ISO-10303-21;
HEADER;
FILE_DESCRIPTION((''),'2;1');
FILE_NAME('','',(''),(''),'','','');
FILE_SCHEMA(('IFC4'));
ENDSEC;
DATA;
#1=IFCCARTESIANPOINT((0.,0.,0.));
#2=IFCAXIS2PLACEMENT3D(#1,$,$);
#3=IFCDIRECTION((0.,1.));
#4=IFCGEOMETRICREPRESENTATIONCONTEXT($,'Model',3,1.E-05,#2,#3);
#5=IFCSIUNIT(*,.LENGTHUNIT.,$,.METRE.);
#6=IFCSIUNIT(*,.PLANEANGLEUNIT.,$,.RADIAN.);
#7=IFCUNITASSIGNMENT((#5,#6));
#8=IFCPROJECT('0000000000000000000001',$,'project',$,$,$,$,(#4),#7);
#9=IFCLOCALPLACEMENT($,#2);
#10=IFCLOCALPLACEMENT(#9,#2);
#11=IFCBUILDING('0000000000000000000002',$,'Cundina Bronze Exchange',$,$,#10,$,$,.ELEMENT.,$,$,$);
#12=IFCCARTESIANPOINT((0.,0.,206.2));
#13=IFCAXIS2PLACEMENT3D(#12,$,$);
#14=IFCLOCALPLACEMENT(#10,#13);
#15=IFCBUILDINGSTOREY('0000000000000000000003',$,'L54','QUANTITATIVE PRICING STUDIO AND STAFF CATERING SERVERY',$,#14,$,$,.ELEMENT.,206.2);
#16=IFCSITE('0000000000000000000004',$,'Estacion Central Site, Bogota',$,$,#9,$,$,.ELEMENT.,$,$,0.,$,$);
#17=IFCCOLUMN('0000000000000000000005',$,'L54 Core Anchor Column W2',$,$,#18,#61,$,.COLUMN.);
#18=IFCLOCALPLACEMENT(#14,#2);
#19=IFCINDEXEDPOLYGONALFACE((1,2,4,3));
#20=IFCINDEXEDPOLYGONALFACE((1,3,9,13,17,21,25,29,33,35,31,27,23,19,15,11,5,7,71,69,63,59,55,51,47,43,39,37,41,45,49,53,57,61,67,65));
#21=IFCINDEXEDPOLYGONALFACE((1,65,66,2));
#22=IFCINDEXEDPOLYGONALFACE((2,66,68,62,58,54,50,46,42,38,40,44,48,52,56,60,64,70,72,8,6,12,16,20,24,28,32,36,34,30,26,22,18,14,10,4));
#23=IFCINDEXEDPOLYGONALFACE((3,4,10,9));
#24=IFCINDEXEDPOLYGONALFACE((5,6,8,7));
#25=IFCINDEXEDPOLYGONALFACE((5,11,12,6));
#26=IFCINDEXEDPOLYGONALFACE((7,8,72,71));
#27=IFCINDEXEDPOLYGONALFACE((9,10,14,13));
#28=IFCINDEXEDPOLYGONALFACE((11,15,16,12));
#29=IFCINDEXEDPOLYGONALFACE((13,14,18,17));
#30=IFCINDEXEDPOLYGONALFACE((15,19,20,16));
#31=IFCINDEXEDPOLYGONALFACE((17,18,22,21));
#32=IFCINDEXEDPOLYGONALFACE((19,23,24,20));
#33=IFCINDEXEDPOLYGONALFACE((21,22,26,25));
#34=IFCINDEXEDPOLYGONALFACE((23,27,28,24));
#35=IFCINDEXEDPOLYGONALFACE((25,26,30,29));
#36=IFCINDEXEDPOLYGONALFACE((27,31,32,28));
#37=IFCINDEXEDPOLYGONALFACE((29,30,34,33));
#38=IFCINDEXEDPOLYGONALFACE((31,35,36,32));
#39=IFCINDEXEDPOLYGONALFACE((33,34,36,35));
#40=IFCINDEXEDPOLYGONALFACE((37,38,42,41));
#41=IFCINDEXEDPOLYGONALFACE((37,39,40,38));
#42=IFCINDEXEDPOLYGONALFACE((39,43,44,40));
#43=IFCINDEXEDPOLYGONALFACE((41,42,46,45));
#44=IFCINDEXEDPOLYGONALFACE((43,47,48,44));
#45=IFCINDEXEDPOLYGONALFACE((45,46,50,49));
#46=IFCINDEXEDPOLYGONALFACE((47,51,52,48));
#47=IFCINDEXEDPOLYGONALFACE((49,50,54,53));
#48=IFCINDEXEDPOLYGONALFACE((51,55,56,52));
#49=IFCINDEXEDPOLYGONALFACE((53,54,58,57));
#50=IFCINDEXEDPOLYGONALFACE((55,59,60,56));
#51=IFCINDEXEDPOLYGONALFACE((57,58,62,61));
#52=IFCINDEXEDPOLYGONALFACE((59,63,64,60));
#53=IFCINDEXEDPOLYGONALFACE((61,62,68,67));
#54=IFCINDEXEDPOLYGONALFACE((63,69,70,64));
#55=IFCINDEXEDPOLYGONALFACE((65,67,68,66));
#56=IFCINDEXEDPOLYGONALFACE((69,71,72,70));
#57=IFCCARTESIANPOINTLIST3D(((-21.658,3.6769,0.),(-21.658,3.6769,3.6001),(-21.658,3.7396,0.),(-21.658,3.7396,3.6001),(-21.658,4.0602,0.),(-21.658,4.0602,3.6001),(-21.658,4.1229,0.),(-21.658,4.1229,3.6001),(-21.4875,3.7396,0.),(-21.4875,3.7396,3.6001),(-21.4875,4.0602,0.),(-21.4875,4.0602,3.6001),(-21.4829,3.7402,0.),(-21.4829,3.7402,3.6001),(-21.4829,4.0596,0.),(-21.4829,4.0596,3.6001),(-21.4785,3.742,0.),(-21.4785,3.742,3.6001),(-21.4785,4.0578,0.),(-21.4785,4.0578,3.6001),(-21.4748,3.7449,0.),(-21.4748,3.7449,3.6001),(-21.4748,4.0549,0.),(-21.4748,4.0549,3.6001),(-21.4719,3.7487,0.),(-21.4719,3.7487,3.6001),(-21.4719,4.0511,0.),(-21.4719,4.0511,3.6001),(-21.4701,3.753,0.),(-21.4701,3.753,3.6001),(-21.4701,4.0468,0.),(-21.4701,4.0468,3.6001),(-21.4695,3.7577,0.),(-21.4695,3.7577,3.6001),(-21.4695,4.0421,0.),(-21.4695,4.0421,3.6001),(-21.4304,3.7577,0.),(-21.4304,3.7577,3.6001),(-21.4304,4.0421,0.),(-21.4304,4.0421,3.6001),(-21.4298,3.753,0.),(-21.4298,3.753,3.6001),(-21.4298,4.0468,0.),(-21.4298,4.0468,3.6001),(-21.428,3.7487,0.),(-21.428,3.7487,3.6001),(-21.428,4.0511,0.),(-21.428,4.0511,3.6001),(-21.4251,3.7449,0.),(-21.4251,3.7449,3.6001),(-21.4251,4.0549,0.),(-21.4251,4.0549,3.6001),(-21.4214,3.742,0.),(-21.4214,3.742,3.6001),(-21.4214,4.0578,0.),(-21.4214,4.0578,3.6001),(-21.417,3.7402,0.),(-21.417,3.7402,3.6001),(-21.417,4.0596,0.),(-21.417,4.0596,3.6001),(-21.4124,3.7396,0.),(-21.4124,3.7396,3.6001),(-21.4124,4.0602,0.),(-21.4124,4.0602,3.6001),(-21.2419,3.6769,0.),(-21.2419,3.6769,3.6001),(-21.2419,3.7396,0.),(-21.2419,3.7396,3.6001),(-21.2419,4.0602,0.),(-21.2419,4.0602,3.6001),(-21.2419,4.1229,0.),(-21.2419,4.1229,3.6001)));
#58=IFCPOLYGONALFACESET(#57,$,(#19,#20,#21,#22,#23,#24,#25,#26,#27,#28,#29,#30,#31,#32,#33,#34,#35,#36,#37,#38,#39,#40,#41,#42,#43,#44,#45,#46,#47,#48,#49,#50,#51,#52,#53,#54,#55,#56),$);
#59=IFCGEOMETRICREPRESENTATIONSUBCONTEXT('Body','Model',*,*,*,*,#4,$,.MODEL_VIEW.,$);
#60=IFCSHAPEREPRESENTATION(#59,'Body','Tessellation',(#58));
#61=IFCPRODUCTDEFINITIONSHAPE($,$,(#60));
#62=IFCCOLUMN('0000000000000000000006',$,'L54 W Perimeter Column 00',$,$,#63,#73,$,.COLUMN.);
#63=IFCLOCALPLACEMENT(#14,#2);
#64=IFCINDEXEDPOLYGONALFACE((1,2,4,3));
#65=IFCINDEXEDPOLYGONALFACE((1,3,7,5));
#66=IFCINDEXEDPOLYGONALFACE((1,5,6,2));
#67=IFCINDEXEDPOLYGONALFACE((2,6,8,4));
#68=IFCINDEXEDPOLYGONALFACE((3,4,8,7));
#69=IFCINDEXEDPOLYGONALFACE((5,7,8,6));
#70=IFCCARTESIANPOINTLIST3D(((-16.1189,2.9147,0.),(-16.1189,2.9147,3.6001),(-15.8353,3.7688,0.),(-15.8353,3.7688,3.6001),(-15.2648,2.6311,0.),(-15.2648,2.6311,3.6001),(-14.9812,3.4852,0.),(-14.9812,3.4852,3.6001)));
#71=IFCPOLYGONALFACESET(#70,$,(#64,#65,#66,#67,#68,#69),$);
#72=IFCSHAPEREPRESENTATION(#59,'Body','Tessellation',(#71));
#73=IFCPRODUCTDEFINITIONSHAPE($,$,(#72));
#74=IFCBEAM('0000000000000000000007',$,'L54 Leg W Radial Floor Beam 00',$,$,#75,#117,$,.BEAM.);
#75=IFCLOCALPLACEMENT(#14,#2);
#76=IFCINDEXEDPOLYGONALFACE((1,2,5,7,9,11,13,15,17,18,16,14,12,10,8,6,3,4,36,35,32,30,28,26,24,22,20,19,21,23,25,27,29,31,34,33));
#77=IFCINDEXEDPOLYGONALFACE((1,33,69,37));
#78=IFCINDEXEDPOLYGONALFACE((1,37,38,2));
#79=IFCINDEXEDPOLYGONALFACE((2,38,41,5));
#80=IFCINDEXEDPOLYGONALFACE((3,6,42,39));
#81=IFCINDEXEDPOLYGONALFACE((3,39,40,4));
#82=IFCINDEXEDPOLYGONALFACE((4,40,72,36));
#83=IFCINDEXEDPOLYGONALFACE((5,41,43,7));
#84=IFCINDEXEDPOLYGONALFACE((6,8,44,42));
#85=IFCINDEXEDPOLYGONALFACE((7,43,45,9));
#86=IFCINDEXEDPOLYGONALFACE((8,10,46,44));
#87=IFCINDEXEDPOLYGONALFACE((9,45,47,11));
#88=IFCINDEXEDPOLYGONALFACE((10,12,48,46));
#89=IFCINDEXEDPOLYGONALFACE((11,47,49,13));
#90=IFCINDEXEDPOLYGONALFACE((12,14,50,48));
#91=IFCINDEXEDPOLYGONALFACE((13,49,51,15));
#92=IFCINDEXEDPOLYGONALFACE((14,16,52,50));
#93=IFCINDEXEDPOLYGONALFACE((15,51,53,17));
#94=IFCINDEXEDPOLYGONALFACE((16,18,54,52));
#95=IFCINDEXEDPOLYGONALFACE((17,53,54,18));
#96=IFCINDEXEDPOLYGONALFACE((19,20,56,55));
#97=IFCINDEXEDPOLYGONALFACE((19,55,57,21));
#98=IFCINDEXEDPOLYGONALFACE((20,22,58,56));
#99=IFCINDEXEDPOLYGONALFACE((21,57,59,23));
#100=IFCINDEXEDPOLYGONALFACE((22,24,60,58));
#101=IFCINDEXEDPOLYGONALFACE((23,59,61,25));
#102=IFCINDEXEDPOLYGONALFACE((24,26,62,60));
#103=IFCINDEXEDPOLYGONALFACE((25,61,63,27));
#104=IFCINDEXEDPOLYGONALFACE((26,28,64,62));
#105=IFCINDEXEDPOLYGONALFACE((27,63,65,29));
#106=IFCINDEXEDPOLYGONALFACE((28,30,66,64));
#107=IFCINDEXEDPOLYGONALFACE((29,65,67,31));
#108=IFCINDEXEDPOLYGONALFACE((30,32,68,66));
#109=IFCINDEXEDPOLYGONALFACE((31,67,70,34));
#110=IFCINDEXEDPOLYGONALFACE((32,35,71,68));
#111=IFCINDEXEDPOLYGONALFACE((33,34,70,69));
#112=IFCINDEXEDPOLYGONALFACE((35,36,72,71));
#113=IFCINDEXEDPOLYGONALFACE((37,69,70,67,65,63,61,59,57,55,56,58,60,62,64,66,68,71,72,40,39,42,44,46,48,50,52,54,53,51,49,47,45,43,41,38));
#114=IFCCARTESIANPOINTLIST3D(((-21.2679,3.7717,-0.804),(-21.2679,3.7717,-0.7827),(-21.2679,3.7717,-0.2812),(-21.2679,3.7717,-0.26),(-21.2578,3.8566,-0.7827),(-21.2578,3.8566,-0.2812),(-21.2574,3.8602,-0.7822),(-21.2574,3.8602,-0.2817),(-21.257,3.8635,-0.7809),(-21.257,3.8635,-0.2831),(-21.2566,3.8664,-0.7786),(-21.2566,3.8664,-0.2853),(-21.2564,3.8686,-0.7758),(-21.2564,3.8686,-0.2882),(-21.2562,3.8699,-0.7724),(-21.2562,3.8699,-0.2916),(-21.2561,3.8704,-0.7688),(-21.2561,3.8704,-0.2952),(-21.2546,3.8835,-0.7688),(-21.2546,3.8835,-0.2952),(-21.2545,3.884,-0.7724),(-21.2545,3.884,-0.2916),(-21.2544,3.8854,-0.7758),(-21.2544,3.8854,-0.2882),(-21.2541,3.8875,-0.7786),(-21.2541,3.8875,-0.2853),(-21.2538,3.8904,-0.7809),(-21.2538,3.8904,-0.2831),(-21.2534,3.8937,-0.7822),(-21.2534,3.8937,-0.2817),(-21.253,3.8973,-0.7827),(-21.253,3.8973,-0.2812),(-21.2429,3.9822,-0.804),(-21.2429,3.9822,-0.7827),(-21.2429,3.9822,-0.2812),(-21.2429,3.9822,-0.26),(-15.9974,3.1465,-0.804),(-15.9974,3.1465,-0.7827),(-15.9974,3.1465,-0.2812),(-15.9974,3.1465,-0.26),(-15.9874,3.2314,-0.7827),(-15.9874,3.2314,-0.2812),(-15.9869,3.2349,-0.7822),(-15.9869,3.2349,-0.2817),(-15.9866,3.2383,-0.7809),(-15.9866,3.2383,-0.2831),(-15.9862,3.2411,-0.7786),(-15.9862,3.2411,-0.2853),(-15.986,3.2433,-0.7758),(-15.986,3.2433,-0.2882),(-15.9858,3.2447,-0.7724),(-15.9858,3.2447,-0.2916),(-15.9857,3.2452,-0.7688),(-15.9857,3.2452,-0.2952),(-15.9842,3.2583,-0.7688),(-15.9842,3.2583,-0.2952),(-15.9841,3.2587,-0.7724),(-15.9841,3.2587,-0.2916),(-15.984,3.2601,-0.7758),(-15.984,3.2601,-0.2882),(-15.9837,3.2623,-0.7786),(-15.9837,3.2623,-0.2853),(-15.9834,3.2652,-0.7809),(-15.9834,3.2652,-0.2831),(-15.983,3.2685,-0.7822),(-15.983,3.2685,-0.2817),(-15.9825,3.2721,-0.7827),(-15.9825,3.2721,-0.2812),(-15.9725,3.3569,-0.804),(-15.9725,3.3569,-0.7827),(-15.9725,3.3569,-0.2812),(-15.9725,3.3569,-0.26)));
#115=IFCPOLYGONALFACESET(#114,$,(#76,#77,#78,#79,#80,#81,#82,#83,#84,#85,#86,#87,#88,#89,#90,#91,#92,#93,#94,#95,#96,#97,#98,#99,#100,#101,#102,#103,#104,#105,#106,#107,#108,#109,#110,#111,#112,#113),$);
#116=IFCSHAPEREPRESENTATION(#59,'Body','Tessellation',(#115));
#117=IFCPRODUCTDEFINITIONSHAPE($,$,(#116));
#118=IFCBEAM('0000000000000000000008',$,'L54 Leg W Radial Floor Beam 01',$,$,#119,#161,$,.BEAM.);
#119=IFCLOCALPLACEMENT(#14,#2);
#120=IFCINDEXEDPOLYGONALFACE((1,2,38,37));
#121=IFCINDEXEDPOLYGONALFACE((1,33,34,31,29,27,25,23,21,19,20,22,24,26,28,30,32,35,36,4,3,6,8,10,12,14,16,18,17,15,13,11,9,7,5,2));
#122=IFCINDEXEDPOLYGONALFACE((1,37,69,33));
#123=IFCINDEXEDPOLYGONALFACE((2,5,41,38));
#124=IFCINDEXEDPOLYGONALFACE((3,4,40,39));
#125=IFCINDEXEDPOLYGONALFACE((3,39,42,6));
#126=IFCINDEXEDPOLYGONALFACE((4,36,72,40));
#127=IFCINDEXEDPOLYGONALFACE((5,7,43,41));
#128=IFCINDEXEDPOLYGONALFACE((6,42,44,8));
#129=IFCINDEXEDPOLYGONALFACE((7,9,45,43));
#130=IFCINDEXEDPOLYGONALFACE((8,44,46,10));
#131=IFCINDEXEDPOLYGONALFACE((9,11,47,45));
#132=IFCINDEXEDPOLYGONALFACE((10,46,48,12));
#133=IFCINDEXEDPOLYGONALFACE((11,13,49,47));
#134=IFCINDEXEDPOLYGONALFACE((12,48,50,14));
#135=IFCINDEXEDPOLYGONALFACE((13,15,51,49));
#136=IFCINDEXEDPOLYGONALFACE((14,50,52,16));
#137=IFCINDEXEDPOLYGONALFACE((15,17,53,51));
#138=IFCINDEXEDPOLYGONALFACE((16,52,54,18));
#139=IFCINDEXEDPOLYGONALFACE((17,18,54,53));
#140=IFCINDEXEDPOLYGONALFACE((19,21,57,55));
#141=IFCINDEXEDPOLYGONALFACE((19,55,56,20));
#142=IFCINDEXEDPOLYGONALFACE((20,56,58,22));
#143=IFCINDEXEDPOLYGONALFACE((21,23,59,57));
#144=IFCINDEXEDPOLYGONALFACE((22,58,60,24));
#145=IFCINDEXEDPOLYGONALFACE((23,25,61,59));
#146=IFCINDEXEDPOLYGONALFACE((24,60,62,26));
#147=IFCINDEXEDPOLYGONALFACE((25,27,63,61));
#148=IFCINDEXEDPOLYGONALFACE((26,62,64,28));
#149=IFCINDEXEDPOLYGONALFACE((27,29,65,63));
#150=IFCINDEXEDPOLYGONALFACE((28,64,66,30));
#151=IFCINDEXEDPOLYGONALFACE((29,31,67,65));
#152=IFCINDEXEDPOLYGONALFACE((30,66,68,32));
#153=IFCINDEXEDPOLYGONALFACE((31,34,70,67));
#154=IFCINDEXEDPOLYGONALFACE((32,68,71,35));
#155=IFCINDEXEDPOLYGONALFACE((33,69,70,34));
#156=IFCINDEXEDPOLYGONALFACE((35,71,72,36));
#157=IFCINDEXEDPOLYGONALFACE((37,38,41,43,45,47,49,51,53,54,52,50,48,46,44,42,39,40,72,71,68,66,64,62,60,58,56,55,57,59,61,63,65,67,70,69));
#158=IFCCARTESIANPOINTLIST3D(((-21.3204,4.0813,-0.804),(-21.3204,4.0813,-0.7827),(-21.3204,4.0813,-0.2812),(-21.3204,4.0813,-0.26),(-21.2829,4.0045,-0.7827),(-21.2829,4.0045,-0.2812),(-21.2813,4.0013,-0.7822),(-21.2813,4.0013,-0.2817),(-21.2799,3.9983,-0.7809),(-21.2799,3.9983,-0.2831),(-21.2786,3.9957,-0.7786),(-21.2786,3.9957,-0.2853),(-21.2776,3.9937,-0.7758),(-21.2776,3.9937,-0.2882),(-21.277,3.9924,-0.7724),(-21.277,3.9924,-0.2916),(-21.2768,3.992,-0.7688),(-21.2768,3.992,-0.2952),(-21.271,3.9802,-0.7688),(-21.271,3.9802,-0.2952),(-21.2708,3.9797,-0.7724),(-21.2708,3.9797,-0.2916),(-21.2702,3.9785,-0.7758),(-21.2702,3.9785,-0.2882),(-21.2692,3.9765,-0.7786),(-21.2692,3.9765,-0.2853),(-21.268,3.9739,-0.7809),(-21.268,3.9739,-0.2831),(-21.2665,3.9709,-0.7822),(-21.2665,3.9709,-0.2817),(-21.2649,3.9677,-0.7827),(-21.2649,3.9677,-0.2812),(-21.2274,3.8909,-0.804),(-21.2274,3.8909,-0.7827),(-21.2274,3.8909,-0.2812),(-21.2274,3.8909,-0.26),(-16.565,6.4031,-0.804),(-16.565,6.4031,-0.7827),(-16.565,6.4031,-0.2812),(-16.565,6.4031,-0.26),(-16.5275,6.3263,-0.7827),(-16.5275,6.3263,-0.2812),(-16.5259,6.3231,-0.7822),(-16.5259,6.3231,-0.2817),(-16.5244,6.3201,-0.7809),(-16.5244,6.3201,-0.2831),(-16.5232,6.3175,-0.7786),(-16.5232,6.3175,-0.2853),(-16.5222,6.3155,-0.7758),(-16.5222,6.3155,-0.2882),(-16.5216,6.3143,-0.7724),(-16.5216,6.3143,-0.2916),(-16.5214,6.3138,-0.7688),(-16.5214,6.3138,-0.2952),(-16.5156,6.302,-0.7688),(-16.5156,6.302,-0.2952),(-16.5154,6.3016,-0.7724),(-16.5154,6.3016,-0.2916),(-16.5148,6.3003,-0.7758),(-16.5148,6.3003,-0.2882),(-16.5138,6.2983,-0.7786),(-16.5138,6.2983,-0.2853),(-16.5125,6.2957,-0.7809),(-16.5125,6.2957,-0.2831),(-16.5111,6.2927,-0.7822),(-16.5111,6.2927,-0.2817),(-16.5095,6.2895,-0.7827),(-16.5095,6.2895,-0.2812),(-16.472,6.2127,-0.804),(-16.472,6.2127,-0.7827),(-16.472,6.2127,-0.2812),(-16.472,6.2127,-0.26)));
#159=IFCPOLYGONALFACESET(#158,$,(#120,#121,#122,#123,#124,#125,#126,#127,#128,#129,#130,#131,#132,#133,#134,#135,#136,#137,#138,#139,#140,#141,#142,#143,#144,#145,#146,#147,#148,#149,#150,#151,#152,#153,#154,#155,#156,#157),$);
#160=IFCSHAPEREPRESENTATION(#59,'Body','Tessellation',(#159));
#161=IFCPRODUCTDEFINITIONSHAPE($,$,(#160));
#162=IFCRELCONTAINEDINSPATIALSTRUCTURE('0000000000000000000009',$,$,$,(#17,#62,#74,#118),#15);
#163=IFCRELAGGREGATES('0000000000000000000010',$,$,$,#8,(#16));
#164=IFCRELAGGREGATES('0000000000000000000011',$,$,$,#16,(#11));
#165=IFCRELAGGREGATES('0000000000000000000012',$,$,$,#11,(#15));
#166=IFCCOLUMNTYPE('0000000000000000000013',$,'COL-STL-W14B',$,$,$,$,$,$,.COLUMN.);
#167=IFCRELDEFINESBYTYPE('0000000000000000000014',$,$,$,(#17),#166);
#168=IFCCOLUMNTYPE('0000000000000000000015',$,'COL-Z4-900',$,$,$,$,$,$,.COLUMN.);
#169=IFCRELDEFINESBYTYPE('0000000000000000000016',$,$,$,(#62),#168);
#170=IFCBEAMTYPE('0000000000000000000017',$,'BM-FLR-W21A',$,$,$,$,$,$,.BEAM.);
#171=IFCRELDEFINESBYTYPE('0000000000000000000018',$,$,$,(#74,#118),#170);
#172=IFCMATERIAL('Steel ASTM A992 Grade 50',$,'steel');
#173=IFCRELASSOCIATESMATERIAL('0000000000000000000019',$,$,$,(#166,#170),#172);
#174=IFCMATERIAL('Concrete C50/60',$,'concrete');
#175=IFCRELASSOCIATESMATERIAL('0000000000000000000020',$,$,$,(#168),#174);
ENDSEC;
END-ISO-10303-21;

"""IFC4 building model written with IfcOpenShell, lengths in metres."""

from ifc_helpers import new_model, si_unit, direction, frame, origin, origin_2d, place, context, subcontext, project, spatial, rectangle, i_section, extrude, material, material_profile, profile_set, type_object, element, save


model = new_model("IFC4")

# Units and contexts
model_context = context("Model", 3, precision=1e-05, world=origin(), true_north=direction((0.0, 1.0)))
body_context = subcontext(model_context, "Body", "Model", "MODEL_VIEW")
ifc_project = project(units=[si_unit("LENGTHUNIT", "METRE"), si_unit("PLANEANGLEUNIT", "RADIAN")], contexts=[model_context])

# Site, building, storey
site_placement = place(None, origin())
site = spatial("IfcSite", under=ifc_project, at=site_placement, Name="Estacion Central Site, Bogota", CompositionType="ELEMENT", RefElevation=0.0)
building_placement = place(site_placement, origin())
building = spatial("IfcBuilding", under=site, at=building_placement, Name="Cundina Bronze Exchange", CompositionType="ELEMENT")
storey_placement = place(building_placement, frame((0.0, 0.0, 206.2)))
storey = spatial("IfcBuildingStorey", under=building, at=storey_placement, Name="L54", Description="QUANTITATIVE PRICING STUDIO AND STAFF CATERING SERVERY", CompositionType="ELEMENT", Elevation=206.2)

# Columns
ifc_material_1 = material(Name="Steel ASTM A992 Grade 50", Category="steel")
ifc_material_profile_1 = material_profile(ifc_material_1, i_section(OverallWidth=0.416, OverallDepth=0.446, WebThickness=0.0391, FlangeThickness=0.0627, FilletRadius=0.0181, at=origin_2d()), Name="W14X342", Category="steel")
ifc_profile_set_1 = profile_set([ifc_material_profile_1], Name="Steel ASTM A992 Grade 50")
column_type_1 = type_object("IfcColumnType", Name="COL-STL-W14B", PredefinedType="COLUMN", material=ifc_profile_set_1)
column_1_placement = place(storey_placement, frame((-21.45, 3.8999, 0.0), z_axis=(0.0, 0.0, 1.0), x_axis=(1.0, 0.0, 0.0)))
element("IfcColumn", 1, at=column_1_placement, inside=storey, type_object=column_type_1, Name="L54 Core Anchor Column W2", PredefinedType="COLUMN", context=body_context, shape_type="SweptSolid", body=[
    extrude(i_section(OverallWidth=0.416, OverallDepth=0.446, WebThickness=0.0391, FlangeThickness=0.0627, FilletRadius=0.0181, at=origin_2d()), origin(), (0.0, 0.0, 1.0), 3.6001),
])
ifc_material_2 = material(Name="Concrete C50/60", Category="concrete")
ifc_material_profile_2 = material_profile(ifc_material_2, rectangle(XDim=0.8999, YDim=0.8999, at=origin_2d()), Name="RC900X900", Category="concrete")
ifc_profile_set_2 = profile_set([ifc_material_profile_2], Name="Concrete C50/60")
column_type_2 = type_object("IfcColumnType", Name="COL-Z4-900", PredefinedType="COLUMN", material=ifc_profile_set_2)
column_2_placement = place(storey_placement, frame((-15.55, 3.2, 0.0), z_axis=(0.0, 0.0, 1.0), x_axis=(0.315152, 0.949041, 0.0)))
element("IfcColumn", 2, at=column_2_placement, inside=storey, type_object=column_type_2, Name="L54 W Perimeter Column 00", PredefinedType="COLUMN", context=body_context, shape_type="SweptSolid", body=[
    extrude(rectangle(XDim=0.8999, YDim=0.8999, at=origin_2d()), origin(), (0.0, 0.0, 1.0), 3.6001),
])

# Beams
ifc_material_profile_3 = material_profile(ifc_material_1, i_section(OverallWidth=0.2119, OverallDepth=0.5439, WebThickness=0.0132, FlangeThickness=0.0212, FilletRadius=0.0139, at=origin_2d()), Name="W21X83", Category="steel")
ifc_profile_set_3 = profile_set([ifc_material_profile_3], Name="Steel ASTM A992 Grade 50")
beam_type_1 = type_object("IfcBeamType", Name="BM-FLR-W21A", PredefinedType="BEAM", material=ifc_profile_set_3)
beam_1_placement = place(storey_placement, frame((-21.2554, 3.877, -0.532), z_axis=(0.993037, -0.117805, 0.0), x_axis=(0.117805, 0.993037, 0.0)))
element("IfcBeam", 3, at=beam_1_placement, inside=storey, type_object=beam_type_1, Name="L54 Leg W Radial Floor Beam 00", PredefinedType="BEAM", context=body_context, shape_type="SweptSolid", body=[
    extrude(i_section(OverallWidth=0.2119, OverallDepth=0.5439, WebThickness=0.0132, FlangeThickness=0.0212, FilletRadius=0.0139, at=origin_2d()), origin(), (0.0, 0.0, 1.0), 5.3074),
])
beam_2_placement = place(storey_placement, frame((-21.2739, 3.9861, -0.532), z_axis=(0.898613, 0.438742, 0.0), x_axis=(-0.438742, 0.898613, 0.0)))
element("IfcBeam", 4, at=beam_2_placement, inside=storey, type_object=beam_type_1, Name="L54 Leg W Radial Floor Beam 01", PredefinedType="BEAM", context=body_context, shape_type="SweptSolid", body=[
    extrude(i_section(OverallWidth=0.2119, OverallDepth=0.5439, WebThickness=0.0132, FlangeThickness=0.0212, FilletRadius=0.0139, at=origin_2d()), origin(), (0.0, 0.0, 1.0), 5.292),
])

save(model, "model.ifc")
